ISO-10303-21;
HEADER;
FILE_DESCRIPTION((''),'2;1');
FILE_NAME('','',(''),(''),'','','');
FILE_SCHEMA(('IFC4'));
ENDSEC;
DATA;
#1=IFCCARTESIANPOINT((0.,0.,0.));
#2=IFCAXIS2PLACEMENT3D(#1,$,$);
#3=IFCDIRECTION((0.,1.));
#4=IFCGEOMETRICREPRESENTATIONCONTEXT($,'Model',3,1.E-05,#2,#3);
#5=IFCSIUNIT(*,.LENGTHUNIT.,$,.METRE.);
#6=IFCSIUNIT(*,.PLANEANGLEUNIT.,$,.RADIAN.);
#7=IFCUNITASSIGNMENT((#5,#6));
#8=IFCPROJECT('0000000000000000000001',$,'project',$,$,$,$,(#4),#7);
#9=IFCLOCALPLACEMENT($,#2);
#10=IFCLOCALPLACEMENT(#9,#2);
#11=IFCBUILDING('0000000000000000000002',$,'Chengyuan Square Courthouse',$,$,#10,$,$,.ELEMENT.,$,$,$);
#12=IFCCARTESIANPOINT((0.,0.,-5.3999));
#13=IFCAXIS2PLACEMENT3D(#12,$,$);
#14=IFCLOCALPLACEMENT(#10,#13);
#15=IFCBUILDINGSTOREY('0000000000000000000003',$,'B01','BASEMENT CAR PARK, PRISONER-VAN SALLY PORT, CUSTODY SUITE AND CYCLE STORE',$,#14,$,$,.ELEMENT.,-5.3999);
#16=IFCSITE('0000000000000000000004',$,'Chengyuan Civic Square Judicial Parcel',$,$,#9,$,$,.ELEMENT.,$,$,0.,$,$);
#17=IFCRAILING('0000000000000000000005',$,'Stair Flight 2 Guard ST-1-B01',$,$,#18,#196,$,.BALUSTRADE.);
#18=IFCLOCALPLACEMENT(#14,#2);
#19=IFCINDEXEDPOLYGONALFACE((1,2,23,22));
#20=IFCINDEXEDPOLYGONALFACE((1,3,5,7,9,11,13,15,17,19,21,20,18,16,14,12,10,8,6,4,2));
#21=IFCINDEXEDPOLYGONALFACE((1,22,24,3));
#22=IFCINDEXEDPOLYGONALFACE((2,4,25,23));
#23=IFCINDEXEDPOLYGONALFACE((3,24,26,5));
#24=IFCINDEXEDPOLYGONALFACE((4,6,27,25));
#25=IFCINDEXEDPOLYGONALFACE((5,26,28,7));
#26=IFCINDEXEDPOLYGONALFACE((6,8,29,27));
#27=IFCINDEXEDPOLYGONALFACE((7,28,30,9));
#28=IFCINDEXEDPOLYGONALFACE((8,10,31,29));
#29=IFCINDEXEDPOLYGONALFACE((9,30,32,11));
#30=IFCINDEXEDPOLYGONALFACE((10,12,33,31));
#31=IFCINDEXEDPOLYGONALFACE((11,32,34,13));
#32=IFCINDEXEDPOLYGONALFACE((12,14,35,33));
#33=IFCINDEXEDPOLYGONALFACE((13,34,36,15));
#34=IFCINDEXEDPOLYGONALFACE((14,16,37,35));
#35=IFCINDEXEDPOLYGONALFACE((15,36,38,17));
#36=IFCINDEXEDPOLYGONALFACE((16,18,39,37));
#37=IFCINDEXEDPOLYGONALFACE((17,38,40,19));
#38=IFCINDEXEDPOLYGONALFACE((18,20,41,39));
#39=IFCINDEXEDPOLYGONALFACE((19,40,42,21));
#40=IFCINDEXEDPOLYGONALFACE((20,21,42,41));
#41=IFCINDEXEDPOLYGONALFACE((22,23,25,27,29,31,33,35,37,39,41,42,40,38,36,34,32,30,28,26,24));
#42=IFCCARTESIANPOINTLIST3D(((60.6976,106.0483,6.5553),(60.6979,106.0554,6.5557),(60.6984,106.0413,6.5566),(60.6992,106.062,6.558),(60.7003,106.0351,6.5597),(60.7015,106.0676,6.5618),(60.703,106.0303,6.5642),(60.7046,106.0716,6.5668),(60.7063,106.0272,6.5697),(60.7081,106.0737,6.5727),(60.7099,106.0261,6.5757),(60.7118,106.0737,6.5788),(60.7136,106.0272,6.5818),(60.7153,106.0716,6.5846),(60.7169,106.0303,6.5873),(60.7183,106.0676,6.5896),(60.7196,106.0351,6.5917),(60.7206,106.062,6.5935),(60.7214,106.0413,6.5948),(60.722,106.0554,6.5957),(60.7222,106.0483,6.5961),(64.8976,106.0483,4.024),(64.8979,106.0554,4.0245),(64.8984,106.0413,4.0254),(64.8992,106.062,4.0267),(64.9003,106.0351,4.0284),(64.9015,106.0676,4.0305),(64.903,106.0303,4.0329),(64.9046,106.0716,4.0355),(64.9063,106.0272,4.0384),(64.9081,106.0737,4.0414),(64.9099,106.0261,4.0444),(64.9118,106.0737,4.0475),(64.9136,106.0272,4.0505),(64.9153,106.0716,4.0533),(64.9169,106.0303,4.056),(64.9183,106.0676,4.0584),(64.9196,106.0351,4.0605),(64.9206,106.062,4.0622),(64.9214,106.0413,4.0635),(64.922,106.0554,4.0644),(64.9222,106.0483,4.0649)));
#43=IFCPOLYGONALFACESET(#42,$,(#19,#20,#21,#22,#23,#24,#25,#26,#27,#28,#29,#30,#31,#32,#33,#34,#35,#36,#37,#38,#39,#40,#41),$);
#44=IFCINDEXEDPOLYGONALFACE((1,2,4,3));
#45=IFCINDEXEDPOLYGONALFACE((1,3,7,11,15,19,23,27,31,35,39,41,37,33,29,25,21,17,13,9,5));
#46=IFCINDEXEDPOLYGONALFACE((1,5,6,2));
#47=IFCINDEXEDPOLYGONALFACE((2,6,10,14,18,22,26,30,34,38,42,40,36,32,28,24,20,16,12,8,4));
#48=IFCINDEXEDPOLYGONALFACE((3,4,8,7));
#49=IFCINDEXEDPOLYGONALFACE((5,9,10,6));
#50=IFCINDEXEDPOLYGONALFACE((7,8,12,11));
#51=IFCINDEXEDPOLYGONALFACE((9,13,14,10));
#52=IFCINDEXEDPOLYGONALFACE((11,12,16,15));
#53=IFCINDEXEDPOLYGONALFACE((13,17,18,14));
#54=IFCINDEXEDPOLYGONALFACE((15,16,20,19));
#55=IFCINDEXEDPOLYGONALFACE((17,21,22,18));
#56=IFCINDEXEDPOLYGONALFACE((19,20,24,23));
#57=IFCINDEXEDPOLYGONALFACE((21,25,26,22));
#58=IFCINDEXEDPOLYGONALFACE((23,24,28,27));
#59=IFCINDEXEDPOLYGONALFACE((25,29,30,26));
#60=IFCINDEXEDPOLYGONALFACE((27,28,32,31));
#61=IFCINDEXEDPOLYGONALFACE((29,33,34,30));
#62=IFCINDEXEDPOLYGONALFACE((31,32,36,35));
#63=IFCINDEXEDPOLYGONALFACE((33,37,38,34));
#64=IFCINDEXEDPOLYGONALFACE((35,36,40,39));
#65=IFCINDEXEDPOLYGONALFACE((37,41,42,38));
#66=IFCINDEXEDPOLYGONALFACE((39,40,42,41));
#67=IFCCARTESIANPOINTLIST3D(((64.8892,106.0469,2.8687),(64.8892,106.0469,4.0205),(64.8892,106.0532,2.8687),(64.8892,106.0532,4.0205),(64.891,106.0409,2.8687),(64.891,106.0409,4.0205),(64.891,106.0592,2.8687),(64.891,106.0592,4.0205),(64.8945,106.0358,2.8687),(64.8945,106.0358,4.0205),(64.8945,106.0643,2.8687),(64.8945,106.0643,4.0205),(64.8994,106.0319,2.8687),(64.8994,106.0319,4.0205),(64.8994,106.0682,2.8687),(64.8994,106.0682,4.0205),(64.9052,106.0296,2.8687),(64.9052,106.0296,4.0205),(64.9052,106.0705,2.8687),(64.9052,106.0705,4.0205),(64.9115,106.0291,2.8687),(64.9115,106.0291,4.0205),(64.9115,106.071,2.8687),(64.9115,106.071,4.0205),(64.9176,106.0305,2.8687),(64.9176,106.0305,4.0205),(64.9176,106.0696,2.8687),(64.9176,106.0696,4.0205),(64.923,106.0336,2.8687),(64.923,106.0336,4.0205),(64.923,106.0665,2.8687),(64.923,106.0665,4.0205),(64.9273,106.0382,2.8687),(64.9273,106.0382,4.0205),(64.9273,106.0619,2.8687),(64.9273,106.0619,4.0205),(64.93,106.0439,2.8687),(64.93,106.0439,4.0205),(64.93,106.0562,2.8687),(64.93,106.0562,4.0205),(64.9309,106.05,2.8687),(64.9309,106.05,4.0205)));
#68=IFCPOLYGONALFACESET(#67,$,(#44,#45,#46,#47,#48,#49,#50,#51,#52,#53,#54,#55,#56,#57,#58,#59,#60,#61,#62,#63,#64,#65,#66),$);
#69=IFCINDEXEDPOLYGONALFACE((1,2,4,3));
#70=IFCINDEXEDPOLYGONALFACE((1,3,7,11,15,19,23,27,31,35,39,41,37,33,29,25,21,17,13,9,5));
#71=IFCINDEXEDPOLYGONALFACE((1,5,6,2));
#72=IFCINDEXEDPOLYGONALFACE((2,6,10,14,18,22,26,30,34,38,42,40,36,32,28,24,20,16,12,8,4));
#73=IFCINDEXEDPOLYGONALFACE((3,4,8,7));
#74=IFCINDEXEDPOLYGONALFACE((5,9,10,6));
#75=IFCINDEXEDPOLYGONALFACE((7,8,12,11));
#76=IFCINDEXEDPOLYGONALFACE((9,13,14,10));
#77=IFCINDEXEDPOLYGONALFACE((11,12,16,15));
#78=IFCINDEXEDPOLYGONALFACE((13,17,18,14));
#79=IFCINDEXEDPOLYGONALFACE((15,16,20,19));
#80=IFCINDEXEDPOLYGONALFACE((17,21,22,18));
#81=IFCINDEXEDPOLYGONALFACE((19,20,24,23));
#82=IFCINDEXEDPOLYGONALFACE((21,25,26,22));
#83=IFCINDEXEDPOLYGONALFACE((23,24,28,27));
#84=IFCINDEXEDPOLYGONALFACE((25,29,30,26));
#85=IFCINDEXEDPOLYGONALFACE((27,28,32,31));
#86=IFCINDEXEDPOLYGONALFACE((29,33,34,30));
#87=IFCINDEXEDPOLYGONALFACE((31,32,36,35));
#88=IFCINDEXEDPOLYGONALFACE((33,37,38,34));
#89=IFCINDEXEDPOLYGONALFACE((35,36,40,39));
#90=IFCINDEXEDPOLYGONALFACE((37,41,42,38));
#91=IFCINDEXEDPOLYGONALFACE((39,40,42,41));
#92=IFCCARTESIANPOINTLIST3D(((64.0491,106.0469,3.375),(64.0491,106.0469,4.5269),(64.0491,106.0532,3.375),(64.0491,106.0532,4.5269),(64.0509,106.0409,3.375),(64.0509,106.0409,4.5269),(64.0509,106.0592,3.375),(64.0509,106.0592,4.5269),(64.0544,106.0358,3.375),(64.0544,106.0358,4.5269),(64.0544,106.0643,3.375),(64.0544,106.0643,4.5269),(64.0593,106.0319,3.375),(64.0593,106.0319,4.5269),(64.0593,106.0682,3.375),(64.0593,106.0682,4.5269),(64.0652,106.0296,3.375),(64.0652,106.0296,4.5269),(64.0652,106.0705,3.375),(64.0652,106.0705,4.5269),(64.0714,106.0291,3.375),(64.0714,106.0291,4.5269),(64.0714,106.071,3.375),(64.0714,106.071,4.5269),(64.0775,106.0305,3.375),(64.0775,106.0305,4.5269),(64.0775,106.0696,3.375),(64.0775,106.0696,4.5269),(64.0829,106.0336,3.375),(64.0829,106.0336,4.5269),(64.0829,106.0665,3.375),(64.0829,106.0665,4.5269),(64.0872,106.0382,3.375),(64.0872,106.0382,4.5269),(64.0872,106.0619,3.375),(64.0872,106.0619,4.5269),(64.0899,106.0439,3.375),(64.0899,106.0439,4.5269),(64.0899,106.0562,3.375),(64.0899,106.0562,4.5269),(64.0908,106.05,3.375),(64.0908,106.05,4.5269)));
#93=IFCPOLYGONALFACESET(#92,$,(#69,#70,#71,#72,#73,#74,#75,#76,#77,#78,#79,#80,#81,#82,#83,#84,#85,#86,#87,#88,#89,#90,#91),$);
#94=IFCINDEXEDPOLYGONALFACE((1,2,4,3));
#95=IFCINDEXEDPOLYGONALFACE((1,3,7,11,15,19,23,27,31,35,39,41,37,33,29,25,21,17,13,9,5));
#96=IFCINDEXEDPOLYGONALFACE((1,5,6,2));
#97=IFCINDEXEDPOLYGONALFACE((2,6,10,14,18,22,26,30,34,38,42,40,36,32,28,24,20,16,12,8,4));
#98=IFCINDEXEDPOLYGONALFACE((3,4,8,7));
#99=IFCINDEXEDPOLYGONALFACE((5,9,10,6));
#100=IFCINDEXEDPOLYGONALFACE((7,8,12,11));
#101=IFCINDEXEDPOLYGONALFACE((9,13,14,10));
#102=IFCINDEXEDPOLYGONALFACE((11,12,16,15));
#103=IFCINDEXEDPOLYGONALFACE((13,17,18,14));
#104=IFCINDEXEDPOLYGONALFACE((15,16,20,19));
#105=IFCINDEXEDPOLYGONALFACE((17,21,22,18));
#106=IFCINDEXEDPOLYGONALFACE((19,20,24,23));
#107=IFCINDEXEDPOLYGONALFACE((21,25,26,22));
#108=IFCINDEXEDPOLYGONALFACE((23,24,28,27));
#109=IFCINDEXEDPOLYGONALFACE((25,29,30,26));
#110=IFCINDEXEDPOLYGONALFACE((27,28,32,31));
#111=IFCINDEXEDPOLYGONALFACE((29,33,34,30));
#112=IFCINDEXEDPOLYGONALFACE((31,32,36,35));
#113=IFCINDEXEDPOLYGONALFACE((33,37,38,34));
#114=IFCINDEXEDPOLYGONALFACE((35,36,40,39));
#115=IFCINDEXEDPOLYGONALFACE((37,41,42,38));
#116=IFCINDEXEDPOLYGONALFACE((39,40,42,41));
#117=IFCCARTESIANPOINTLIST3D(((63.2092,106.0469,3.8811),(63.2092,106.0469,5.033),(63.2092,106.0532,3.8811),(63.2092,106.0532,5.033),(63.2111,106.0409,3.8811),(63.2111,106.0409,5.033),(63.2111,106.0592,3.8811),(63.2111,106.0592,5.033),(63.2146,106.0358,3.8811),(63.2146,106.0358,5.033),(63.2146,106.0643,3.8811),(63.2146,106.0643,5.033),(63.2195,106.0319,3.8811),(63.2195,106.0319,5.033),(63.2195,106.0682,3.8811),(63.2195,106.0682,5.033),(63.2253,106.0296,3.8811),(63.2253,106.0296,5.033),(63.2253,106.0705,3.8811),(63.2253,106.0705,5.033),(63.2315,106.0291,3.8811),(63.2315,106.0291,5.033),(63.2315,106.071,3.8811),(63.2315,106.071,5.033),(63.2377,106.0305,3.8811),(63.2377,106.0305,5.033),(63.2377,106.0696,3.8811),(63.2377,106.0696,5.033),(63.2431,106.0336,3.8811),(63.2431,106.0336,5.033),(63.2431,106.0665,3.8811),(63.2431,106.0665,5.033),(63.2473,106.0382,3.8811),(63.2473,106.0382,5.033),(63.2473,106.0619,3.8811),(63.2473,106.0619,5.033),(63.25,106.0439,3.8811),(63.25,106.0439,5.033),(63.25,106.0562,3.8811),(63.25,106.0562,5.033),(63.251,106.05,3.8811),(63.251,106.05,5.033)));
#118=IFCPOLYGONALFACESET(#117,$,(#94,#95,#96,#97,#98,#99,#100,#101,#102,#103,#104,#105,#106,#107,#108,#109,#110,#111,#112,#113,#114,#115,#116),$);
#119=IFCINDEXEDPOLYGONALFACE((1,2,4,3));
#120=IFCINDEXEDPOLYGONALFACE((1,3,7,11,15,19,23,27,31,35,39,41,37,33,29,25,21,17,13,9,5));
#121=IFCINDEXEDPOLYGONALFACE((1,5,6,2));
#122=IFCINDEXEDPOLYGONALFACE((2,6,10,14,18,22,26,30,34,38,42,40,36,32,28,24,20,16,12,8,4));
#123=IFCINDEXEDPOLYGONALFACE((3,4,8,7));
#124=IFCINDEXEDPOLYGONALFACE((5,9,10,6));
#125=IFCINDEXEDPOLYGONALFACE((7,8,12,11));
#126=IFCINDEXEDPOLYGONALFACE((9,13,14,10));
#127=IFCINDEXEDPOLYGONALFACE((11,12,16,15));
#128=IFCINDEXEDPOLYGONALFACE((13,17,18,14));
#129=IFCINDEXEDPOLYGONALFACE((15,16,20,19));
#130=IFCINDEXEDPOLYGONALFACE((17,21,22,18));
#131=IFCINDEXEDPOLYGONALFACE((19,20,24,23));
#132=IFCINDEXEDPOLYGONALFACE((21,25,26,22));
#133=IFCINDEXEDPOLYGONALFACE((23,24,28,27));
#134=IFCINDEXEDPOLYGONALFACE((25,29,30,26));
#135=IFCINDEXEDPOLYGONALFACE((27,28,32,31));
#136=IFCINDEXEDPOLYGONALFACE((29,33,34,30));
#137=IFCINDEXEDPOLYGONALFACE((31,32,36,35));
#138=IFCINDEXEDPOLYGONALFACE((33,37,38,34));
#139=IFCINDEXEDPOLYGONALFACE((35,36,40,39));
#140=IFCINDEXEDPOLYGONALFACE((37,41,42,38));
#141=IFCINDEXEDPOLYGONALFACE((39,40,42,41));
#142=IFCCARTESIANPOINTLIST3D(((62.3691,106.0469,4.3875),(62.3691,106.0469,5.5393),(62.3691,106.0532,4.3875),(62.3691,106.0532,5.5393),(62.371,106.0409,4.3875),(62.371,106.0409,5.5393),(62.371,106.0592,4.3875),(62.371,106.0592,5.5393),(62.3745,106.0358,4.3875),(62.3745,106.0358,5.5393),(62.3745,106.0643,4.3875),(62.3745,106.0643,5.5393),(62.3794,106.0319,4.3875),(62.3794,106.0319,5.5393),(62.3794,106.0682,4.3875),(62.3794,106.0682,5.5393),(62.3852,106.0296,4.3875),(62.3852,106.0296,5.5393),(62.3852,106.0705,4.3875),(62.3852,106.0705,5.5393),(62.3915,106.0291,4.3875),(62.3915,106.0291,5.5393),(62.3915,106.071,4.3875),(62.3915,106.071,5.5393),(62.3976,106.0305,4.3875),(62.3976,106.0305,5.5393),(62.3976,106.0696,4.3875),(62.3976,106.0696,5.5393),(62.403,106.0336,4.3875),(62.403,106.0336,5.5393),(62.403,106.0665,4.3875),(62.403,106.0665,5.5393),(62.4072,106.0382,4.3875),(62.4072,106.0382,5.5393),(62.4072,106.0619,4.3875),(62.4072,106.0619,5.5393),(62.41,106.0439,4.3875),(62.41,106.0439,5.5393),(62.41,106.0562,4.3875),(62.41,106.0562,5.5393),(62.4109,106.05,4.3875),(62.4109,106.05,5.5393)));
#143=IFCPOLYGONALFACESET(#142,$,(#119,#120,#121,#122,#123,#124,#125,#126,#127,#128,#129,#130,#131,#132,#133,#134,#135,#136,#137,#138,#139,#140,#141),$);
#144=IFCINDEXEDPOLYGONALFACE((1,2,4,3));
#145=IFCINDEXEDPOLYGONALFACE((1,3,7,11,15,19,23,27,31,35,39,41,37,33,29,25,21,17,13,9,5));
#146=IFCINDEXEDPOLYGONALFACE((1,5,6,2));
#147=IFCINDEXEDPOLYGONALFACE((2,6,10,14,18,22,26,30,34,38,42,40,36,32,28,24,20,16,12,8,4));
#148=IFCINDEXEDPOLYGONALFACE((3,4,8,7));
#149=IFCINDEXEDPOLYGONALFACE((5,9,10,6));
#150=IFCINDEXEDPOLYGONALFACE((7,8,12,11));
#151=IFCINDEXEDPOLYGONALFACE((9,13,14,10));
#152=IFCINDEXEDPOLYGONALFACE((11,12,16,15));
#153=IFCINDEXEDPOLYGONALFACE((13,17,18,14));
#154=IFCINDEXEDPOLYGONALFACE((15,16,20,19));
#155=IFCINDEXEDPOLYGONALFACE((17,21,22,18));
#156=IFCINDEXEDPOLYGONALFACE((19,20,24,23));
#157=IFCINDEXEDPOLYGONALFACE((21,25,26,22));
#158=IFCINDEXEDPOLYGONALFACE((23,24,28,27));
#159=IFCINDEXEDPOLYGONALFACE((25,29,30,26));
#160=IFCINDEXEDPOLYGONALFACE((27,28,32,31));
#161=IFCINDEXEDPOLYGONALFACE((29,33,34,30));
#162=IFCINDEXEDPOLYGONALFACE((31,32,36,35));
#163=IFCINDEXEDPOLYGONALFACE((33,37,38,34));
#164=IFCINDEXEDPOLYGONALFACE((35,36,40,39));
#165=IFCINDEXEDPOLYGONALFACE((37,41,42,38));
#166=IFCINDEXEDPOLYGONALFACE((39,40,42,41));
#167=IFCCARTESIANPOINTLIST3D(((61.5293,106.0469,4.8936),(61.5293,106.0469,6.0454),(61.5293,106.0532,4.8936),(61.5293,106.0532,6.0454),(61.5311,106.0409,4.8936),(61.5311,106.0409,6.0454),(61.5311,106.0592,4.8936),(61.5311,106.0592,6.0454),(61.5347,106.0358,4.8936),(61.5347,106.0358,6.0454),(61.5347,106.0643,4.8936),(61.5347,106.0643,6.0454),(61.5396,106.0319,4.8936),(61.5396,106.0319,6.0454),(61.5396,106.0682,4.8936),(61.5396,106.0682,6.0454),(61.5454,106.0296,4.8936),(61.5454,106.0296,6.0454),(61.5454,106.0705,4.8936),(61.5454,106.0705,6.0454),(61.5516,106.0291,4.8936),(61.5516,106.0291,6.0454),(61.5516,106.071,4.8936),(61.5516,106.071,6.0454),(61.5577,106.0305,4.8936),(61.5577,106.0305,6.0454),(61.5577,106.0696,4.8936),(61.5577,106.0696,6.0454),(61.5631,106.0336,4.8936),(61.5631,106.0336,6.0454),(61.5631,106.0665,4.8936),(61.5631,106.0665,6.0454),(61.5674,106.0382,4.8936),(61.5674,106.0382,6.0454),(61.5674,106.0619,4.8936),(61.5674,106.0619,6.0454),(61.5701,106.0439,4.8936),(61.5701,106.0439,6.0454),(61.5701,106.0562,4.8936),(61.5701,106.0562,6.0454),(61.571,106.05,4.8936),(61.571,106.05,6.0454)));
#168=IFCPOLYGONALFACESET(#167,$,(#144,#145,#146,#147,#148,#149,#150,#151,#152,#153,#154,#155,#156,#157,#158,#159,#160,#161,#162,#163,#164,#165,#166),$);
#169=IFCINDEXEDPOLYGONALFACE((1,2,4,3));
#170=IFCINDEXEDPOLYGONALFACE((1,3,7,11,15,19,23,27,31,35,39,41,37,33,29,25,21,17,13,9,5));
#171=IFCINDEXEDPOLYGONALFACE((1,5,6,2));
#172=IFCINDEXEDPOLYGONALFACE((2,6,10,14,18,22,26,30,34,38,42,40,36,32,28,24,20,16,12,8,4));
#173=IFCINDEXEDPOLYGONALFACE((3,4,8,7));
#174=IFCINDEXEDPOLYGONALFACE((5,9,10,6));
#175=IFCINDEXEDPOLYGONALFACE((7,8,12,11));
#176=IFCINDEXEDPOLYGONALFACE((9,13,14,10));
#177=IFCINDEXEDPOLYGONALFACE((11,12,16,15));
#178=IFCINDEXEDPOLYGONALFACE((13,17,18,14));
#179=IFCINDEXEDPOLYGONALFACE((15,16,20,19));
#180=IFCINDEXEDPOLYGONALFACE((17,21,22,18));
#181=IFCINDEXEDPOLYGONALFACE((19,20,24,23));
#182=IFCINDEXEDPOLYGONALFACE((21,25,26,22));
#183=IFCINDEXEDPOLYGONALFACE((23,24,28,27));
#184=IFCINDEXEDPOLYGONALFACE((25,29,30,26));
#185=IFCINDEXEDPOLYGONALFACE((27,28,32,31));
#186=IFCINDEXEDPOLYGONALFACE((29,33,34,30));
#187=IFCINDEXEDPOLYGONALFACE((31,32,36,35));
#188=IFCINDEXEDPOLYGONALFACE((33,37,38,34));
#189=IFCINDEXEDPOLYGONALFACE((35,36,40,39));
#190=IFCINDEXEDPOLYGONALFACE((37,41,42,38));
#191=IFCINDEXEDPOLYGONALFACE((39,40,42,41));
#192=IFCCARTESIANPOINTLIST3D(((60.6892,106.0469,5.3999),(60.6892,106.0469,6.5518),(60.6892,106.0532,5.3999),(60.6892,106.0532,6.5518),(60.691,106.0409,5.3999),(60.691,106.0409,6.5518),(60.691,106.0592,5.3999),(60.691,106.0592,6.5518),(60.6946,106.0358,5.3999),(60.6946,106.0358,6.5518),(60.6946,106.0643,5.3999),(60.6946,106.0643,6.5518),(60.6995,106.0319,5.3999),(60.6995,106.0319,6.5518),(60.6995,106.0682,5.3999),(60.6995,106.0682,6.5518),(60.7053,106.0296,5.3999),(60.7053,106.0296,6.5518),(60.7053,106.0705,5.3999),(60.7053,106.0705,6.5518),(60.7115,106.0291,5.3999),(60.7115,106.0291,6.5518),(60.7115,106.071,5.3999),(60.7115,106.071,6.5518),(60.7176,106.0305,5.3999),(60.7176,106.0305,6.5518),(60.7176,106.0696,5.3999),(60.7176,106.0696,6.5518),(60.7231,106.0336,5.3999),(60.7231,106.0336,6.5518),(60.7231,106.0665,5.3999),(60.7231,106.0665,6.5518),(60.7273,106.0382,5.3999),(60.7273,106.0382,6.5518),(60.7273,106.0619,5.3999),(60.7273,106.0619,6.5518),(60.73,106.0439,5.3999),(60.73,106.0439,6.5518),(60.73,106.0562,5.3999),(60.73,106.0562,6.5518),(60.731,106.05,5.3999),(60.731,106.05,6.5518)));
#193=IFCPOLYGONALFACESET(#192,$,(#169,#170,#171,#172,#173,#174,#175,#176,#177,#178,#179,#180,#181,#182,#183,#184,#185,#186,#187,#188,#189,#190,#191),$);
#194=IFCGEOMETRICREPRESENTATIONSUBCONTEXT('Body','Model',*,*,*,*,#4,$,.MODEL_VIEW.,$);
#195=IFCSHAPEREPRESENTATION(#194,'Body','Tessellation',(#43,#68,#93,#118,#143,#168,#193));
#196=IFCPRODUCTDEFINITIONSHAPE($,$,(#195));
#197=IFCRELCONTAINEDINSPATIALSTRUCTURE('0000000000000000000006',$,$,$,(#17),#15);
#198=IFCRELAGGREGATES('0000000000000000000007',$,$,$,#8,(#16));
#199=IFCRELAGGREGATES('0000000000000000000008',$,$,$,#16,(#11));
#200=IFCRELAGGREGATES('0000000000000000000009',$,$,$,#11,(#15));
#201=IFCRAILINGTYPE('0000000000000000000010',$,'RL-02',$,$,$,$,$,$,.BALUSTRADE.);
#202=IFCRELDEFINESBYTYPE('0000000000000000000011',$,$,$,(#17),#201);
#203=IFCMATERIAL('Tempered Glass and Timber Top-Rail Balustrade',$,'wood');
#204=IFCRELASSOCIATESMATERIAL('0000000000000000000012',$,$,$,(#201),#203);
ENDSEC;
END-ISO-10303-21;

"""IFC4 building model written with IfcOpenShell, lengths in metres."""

from ifc_helpers import new_model, si_unit, direction, frame, origin, origin_2d, place, context, subcontext, project, spatial, circle, extrude, material, type_object, element, save


model = new_model("IFC4")

# Units and contexts
model_context = context("Model", 3, precision=1e-05, world=origin(), true_north=direction((0.0, 1.0)))
body_context = subcontext(model_context, "Body", "Model", "MODEL_VIEW")
ifc_project = project(units=[si_unit("LENGTHUNIT", "METRE"), si_unit("PLANEANGLEUNIT", "RADIAN")], contexts=[model_context])

# Site, building, storey
site_placement = place(None, origin())
site = spatial("IfcSite", under=ifc_project, at=site_placement, Name="Chengyuan Civic Square Judicial Parcel", CompositionType="ELEMENT", RefElevation=0.0)
building_placement = place(site_placement, origin())
building = spatial("IfcBuilding", under=site, at=building_placement, Name="Chengyuan Square Courthouse", CompositionType="ELEMENT")
storey_placement = place(building_placement, frame((0.0, 0.0, -5.3999)))
storey = spatial("IfcBuildingStorey", under=building, at=storey_placement, Name="B01", Description="BASEMENT CAR PARK, PRISONER-VAN SALLY PORT, CUSTODY SUITE AND CYCLE STORE", CompositionType="ELEMENT", Elevation=-5.3999)

# Railing
ifc_material_1 = material(Name="Tempered Glass and Timber Top-Rail Balustrade", Category="wood")
railing_type_1 = type_object("IfcRailingType", Name="RL-02", PredefinedType="BALUSTRADE", material=ifc_material_1)
railing_1_placement = place(storey_placement, frame((64.9099, 106.05, 2.8687)))
element("IfcRailing", 1, at=railing_1_placement, inside=storey, type_object=railing_type_1, Name="Stair Flight 2 Guard ST-1-B01", PredefinedType="BALUSTRADE", context=body_context, shape_type="SweptSolid", body=[
    extrude(circle(Radius=0.0239, at=origin_2d()), frame((0.0, 0.0, 1.1758), z_axis=(-0.856476, 0.0, 0.516186), x_axis=(0.0, -1.0, 0.0)), (0.0, 0.0, 1.0), 4.9038),
    extrude(circle(Radius=0.021, at=origin_2d()), origin(), (0.0, 0.0, 1.0), 1.1519),
    extrude(circle(Radius=0.021, at=origin_2d()), frame((-0.8401, 0.0, 0.5063)), (0.0, 0.0, 1.0), 1.1519),
    extrude(circle(Radius=0.021, at=origin_2d()), frame((-1.6799, 0.0, 1.0125)), (0.0, 0.0, 1.0), 1.1519),
    extrude(circle(Radius=0.021, at=origin_2d()), frame((-2.52, 0.0, 1.5188)), (0.0, 0.0, 1.0), 1.1519),
    extrude(circle(Radius=0.021, at=origin_2d()), frame((-3.3599, 0.0, 2.0249)), (0.0, 0.0, 1.0), 1.1519),
    extrude(circle(Radius=0.021, at=origin_2d()), frame((-4.2, 0.0, 2.5312)), (0.0, 0.0, 1.0), 1.1519),
])

save(model, "model.ifc")
